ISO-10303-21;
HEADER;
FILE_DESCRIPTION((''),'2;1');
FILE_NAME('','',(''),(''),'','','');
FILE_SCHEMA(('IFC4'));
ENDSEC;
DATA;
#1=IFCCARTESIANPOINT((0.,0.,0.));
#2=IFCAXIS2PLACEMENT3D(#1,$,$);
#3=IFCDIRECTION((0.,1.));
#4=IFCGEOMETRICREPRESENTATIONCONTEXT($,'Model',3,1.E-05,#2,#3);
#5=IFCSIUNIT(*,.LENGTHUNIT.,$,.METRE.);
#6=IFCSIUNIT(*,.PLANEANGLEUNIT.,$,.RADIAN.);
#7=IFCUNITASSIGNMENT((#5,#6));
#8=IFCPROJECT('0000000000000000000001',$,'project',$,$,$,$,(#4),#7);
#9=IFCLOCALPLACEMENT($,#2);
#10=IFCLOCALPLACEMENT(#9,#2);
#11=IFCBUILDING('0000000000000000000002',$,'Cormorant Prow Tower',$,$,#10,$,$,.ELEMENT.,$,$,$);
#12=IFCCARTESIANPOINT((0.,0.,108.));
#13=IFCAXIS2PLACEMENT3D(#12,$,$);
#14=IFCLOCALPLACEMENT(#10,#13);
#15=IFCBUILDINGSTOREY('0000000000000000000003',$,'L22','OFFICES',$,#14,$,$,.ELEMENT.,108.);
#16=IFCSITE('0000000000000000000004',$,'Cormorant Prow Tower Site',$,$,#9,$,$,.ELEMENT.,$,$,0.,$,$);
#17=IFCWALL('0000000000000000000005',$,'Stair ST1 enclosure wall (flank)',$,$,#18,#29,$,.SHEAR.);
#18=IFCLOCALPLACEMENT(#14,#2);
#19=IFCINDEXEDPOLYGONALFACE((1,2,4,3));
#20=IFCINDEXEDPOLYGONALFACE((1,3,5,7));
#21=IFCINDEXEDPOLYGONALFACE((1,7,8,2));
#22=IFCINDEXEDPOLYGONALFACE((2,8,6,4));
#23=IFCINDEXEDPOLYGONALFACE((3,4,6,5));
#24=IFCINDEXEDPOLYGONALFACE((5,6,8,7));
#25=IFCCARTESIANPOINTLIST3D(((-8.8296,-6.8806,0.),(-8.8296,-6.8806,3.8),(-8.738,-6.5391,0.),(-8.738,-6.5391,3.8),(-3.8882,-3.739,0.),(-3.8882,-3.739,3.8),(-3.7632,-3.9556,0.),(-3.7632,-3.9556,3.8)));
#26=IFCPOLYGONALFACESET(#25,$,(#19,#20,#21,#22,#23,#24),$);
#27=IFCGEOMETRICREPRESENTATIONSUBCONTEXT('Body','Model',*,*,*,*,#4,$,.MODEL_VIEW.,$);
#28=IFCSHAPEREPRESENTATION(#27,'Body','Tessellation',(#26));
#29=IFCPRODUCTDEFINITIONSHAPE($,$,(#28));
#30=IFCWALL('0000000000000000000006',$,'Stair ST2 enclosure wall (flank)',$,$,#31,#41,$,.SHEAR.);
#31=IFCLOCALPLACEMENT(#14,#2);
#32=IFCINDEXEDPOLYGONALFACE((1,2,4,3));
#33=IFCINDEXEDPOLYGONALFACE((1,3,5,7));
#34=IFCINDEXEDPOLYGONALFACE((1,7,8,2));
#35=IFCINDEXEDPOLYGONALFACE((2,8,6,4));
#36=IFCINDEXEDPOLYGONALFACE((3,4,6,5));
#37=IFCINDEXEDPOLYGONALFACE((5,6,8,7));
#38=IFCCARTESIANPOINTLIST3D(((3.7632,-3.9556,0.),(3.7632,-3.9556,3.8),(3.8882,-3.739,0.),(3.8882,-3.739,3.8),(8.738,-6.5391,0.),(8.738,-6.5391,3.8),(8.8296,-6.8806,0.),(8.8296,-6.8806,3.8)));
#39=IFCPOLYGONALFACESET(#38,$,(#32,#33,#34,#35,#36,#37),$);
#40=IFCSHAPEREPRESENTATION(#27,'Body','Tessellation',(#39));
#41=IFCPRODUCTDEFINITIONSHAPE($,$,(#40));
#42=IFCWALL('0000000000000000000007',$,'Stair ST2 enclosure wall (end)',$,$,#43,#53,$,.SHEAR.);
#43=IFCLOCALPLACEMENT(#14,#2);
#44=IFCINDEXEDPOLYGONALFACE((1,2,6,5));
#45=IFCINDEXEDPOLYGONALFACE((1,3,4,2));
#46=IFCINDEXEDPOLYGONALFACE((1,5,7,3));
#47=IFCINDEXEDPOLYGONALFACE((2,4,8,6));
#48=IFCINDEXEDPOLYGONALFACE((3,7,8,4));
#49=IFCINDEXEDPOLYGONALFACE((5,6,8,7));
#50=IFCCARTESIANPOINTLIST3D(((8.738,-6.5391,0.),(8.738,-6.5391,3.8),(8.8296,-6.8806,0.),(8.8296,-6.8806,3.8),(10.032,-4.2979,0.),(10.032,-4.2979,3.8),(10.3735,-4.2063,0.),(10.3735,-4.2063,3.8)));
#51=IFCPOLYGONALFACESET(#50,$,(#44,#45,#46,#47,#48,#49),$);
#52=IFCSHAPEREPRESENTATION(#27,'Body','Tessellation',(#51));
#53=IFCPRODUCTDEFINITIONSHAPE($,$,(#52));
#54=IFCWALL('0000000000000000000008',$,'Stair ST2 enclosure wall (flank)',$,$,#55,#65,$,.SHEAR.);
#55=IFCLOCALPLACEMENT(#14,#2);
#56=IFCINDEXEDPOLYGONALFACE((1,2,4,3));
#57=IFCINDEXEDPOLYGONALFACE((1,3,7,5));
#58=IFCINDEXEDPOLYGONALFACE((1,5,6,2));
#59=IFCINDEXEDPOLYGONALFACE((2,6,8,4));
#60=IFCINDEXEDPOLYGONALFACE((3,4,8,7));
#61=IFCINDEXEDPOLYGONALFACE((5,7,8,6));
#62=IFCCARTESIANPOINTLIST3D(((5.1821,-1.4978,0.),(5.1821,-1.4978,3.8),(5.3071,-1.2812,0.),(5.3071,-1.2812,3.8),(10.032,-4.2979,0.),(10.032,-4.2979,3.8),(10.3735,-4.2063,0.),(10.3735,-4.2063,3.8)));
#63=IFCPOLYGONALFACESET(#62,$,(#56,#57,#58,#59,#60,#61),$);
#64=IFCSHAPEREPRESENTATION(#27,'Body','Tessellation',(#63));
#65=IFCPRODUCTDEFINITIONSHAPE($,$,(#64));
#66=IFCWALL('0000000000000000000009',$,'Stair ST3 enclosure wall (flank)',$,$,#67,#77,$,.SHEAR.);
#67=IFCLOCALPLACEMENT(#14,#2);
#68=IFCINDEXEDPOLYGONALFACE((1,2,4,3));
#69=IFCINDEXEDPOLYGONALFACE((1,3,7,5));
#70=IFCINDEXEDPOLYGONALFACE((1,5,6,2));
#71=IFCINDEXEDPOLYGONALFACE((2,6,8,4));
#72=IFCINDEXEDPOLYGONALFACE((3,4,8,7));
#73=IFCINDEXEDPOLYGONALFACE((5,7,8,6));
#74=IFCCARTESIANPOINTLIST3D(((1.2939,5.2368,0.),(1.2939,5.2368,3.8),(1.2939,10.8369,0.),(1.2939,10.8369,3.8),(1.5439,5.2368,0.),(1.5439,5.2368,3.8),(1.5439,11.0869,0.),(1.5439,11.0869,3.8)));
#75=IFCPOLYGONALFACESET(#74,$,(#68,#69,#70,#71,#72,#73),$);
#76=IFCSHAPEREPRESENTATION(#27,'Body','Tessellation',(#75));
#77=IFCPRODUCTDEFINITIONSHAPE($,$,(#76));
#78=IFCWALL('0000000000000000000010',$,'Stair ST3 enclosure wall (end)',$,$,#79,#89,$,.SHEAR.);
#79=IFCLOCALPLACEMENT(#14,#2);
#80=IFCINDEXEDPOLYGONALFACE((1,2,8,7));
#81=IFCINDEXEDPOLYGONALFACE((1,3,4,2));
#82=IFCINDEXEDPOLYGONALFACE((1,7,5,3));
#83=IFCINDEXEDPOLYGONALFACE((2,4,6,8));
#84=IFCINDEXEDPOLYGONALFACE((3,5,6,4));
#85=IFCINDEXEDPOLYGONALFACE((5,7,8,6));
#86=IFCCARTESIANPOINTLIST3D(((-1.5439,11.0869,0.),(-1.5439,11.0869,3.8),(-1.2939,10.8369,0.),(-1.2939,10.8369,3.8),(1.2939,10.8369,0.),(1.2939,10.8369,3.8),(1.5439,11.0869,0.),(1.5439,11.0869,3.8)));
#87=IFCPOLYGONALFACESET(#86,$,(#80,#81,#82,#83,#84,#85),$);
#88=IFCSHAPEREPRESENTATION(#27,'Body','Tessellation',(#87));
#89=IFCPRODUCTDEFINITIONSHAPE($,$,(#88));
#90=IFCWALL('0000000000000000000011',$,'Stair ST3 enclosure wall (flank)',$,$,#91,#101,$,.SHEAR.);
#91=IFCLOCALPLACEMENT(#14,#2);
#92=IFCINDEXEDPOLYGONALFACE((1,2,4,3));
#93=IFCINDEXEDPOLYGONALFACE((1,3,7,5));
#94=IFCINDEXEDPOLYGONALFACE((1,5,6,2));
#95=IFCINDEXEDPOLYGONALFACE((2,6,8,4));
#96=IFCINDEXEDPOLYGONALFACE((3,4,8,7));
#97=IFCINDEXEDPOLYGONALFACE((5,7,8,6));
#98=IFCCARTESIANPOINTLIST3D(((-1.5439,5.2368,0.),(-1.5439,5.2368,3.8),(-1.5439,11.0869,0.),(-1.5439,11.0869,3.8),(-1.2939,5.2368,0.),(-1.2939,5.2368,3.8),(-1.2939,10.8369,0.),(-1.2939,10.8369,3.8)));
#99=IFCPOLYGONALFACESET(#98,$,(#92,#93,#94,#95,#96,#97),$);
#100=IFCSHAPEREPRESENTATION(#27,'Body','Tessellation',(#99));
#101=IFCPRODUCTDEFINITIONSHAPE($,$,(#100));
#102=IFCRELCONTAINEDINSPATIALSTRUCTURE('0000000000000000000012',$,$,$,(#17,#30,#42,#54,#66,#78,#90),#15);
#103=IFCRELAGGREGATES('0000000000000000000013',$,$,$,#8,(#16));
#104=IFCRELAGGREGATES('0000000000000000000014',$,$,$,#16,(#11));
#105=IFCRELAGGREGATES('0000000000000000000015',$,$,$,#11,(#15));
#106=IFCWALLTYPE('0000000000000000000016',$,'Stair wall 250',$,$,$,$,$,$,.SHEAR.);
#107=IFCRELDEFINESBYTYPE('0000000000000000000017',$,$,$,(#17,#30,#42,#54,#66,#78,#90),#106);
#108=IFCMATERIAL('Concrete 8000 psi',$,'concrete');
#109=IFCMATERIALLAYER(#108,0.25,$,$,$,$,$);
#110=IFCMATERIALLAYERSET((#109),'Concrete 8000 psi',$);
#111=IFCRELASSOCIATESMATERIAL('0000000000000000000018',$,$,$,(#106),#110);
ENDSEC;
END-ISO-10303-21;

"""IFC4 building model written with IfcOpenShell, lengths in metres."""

from ifc_helpers import new_model, si_unit, direction, frame, origin, place, context, subcontext, project, spatial, polyline, outline, extrude, material, layer, layer_set, type_object, element, save


model = new_model("IFC4")

# Units and contexts
model_context = context("Model", 3, precision=1e-05, world=origin(), true_north=direction((0.0, 1.0)))
body_context = subcontext(model_context, "Body", "Model", "MODEL_VIEW")
ifc_project = project(units=[si_unit("LENGTHUNIT", "METRE"), si_unit("PLANEANGLEUNIT", "RADIAN")], contexts=[model_context])

# Site, building, storey
site_placement = place(None, origin())
site = spatial("IfcSite", under=ifc_project, at=site_placement, Name="Cormorant Prow Tower Site", CompositionType="ELEMENT", RefElevation=0.0)
building_placement = place(site_placement, origin())
building = spatial("IfcBuilding", under=site, at=building_placement, Name="Cormorant Prow Tower", CompositionType="ELEMENT")
storey_placement = place(building_placement, frame((0.0, 0.0, 108.0)))
storey = spatial("IfcBuildingStorey", under=building, at=storey_placement, Name="L22", Description="OFFICES", CompositionType="ELEMENT", Elevation=108.0)

# Walls
ifc_material_1 = material(Name="Concrete 8000 psi", Category="concrete")
ifc_layer_1 = layer(ifc_material_1, 0.25)
ifc_layer_set_1 = layer_set([ifc_layer_1], Name="Concrete 8000 psi")
wall_type_1 = type_object("IfcWallType", Name="Stair wall 250", PredefinedType="SHEAR", material=ifc_layer_set_1)
wall_1_placement = place(storey_placement, origin())
element("IfcWall", 1, at=wall_1_placement, inside=storey, type_object=wall_type_1, Name="Stair ST1 enclosure wall (flank)", PredefinedType="SHEAR", context=body_context, shape_type="SweptSolid", body=[
    extrude(outline(polyline([(-8.738, -6.5391), (-8.8296, -6.8806), (-3.7632, -3.9556), (-3.8882, -3.739), (-8.738, -6.5391)])), origin(), (0.0, 0.0, 1.0), 3.8),
])
wall_2_placement = place(storey_placement, origin())
element("IfcWall", 2, at=wall_2_placement, inside=storey, type_object=wall_type_1, Name="Stair ST2 enclosure wall (flank)", PredefinedType="SHEAR", context=body_context, shape_type="SweptSolid", body=[
    extrude(outline(polyline([(3.7632, -3.9556), (8.8296, -6.8806), (8.738, -6.5391), (3.8882, -3.739), (3.7632, -3.9556)])), origin(), (0.0, 0.0, 1.0), 3.8),
])
wall_3_placement = place(storey_placement, origin())
element("IfcWall", 3, at=wall_3_placement, inside=storey, type_object=wall_type_1, Name="Stair ST2 enclosure wall (end)", PredefinedType="SHEAR", context=body_context, shape_type="SweptSolid", body=[
    extrude(outline(polyline([(8.8296, -6.8806), (10.3735, -4.2063), (10.032, -4.2979), (8.738, -6.5391), (8.8296, -6.8806)])), origin(), (0.0, 0.0, 1.0), 3.8),
])
wall_4_placement = place(storey_placement, origin())
element("IfcWall", 4, at=wall_4_placement, inside=storey, type_object=wall_type_1, Name="Stair ST2 enclosure wall (flank)", PredefinedType="SHEAR", context=body_context, shape_type="SweptSolid", body=[
    extrude(outline(polyline([(10.032, -4.2979), (10.3735, -4.2063), (5.3071, -1.2812), (5.1821, -1.4978), (10.032, -4.2979)])), origin(), (0.0, 0.0, 1.0), 3.8),
])
wall_5_placement = place(storey_placement, origin())
element("IfcWall", 5, at=wall_5_placement, inside=storey, type_object=wall_type_1, Name="Stair ST3 enclosure wall (flank)", PredefinedType="SHEAR", context=body_context, shape_type="SweptSolid", body=[
    extrude(outline(polyline([(1.5439, 5.2368), (1.5439, 11.0869), (1.2939, 10.8369), (1.2939, 5.2368), (1.5439, 5.2368)])), origin(), (0.0, 0.0, 1.0), 3.8),
])
wall_6_placement = place(storey_placement, origin())
element("IfcWall", 6, at=wall_6_placement, inside=storey, type_object=wall_type_1, Name="Stair ST3 enclosure wall (end)", PredefinedType="SHEAR", context=body_context, shape_type="SweptSolid", body=[
    extrude(outline(polyline([(1.5439, 11.0869), (-1.5439, 11.0869), (-1.2939, 10.8369), (1.2939, 10.8369), (1.5439, 11.0869)])), origin(), (0.0, 0.0, 1.0), 3.8),
])
wall_7_placement = place(storey_placement, origin())
element("IfcWall", 7, at=wall_7_placement, inside=storey, type_object=wall_type_1, Name="Stair ST3 enclosure wall (flank)", PredefinedType="SHEAR", context=body_context, shape_type="SweptSolid", body=[
    extrude(outline(polyline([(-1.2939, 10.8369), (-1.5439, 11.0869), (-1.5439, 5.2368), (-1.2939, 5.2368), (-1.2939, 10.8369)])), origin(), (0.0, 0.0, 1.0), 3.8),
])

save(model, "model.ifc")
